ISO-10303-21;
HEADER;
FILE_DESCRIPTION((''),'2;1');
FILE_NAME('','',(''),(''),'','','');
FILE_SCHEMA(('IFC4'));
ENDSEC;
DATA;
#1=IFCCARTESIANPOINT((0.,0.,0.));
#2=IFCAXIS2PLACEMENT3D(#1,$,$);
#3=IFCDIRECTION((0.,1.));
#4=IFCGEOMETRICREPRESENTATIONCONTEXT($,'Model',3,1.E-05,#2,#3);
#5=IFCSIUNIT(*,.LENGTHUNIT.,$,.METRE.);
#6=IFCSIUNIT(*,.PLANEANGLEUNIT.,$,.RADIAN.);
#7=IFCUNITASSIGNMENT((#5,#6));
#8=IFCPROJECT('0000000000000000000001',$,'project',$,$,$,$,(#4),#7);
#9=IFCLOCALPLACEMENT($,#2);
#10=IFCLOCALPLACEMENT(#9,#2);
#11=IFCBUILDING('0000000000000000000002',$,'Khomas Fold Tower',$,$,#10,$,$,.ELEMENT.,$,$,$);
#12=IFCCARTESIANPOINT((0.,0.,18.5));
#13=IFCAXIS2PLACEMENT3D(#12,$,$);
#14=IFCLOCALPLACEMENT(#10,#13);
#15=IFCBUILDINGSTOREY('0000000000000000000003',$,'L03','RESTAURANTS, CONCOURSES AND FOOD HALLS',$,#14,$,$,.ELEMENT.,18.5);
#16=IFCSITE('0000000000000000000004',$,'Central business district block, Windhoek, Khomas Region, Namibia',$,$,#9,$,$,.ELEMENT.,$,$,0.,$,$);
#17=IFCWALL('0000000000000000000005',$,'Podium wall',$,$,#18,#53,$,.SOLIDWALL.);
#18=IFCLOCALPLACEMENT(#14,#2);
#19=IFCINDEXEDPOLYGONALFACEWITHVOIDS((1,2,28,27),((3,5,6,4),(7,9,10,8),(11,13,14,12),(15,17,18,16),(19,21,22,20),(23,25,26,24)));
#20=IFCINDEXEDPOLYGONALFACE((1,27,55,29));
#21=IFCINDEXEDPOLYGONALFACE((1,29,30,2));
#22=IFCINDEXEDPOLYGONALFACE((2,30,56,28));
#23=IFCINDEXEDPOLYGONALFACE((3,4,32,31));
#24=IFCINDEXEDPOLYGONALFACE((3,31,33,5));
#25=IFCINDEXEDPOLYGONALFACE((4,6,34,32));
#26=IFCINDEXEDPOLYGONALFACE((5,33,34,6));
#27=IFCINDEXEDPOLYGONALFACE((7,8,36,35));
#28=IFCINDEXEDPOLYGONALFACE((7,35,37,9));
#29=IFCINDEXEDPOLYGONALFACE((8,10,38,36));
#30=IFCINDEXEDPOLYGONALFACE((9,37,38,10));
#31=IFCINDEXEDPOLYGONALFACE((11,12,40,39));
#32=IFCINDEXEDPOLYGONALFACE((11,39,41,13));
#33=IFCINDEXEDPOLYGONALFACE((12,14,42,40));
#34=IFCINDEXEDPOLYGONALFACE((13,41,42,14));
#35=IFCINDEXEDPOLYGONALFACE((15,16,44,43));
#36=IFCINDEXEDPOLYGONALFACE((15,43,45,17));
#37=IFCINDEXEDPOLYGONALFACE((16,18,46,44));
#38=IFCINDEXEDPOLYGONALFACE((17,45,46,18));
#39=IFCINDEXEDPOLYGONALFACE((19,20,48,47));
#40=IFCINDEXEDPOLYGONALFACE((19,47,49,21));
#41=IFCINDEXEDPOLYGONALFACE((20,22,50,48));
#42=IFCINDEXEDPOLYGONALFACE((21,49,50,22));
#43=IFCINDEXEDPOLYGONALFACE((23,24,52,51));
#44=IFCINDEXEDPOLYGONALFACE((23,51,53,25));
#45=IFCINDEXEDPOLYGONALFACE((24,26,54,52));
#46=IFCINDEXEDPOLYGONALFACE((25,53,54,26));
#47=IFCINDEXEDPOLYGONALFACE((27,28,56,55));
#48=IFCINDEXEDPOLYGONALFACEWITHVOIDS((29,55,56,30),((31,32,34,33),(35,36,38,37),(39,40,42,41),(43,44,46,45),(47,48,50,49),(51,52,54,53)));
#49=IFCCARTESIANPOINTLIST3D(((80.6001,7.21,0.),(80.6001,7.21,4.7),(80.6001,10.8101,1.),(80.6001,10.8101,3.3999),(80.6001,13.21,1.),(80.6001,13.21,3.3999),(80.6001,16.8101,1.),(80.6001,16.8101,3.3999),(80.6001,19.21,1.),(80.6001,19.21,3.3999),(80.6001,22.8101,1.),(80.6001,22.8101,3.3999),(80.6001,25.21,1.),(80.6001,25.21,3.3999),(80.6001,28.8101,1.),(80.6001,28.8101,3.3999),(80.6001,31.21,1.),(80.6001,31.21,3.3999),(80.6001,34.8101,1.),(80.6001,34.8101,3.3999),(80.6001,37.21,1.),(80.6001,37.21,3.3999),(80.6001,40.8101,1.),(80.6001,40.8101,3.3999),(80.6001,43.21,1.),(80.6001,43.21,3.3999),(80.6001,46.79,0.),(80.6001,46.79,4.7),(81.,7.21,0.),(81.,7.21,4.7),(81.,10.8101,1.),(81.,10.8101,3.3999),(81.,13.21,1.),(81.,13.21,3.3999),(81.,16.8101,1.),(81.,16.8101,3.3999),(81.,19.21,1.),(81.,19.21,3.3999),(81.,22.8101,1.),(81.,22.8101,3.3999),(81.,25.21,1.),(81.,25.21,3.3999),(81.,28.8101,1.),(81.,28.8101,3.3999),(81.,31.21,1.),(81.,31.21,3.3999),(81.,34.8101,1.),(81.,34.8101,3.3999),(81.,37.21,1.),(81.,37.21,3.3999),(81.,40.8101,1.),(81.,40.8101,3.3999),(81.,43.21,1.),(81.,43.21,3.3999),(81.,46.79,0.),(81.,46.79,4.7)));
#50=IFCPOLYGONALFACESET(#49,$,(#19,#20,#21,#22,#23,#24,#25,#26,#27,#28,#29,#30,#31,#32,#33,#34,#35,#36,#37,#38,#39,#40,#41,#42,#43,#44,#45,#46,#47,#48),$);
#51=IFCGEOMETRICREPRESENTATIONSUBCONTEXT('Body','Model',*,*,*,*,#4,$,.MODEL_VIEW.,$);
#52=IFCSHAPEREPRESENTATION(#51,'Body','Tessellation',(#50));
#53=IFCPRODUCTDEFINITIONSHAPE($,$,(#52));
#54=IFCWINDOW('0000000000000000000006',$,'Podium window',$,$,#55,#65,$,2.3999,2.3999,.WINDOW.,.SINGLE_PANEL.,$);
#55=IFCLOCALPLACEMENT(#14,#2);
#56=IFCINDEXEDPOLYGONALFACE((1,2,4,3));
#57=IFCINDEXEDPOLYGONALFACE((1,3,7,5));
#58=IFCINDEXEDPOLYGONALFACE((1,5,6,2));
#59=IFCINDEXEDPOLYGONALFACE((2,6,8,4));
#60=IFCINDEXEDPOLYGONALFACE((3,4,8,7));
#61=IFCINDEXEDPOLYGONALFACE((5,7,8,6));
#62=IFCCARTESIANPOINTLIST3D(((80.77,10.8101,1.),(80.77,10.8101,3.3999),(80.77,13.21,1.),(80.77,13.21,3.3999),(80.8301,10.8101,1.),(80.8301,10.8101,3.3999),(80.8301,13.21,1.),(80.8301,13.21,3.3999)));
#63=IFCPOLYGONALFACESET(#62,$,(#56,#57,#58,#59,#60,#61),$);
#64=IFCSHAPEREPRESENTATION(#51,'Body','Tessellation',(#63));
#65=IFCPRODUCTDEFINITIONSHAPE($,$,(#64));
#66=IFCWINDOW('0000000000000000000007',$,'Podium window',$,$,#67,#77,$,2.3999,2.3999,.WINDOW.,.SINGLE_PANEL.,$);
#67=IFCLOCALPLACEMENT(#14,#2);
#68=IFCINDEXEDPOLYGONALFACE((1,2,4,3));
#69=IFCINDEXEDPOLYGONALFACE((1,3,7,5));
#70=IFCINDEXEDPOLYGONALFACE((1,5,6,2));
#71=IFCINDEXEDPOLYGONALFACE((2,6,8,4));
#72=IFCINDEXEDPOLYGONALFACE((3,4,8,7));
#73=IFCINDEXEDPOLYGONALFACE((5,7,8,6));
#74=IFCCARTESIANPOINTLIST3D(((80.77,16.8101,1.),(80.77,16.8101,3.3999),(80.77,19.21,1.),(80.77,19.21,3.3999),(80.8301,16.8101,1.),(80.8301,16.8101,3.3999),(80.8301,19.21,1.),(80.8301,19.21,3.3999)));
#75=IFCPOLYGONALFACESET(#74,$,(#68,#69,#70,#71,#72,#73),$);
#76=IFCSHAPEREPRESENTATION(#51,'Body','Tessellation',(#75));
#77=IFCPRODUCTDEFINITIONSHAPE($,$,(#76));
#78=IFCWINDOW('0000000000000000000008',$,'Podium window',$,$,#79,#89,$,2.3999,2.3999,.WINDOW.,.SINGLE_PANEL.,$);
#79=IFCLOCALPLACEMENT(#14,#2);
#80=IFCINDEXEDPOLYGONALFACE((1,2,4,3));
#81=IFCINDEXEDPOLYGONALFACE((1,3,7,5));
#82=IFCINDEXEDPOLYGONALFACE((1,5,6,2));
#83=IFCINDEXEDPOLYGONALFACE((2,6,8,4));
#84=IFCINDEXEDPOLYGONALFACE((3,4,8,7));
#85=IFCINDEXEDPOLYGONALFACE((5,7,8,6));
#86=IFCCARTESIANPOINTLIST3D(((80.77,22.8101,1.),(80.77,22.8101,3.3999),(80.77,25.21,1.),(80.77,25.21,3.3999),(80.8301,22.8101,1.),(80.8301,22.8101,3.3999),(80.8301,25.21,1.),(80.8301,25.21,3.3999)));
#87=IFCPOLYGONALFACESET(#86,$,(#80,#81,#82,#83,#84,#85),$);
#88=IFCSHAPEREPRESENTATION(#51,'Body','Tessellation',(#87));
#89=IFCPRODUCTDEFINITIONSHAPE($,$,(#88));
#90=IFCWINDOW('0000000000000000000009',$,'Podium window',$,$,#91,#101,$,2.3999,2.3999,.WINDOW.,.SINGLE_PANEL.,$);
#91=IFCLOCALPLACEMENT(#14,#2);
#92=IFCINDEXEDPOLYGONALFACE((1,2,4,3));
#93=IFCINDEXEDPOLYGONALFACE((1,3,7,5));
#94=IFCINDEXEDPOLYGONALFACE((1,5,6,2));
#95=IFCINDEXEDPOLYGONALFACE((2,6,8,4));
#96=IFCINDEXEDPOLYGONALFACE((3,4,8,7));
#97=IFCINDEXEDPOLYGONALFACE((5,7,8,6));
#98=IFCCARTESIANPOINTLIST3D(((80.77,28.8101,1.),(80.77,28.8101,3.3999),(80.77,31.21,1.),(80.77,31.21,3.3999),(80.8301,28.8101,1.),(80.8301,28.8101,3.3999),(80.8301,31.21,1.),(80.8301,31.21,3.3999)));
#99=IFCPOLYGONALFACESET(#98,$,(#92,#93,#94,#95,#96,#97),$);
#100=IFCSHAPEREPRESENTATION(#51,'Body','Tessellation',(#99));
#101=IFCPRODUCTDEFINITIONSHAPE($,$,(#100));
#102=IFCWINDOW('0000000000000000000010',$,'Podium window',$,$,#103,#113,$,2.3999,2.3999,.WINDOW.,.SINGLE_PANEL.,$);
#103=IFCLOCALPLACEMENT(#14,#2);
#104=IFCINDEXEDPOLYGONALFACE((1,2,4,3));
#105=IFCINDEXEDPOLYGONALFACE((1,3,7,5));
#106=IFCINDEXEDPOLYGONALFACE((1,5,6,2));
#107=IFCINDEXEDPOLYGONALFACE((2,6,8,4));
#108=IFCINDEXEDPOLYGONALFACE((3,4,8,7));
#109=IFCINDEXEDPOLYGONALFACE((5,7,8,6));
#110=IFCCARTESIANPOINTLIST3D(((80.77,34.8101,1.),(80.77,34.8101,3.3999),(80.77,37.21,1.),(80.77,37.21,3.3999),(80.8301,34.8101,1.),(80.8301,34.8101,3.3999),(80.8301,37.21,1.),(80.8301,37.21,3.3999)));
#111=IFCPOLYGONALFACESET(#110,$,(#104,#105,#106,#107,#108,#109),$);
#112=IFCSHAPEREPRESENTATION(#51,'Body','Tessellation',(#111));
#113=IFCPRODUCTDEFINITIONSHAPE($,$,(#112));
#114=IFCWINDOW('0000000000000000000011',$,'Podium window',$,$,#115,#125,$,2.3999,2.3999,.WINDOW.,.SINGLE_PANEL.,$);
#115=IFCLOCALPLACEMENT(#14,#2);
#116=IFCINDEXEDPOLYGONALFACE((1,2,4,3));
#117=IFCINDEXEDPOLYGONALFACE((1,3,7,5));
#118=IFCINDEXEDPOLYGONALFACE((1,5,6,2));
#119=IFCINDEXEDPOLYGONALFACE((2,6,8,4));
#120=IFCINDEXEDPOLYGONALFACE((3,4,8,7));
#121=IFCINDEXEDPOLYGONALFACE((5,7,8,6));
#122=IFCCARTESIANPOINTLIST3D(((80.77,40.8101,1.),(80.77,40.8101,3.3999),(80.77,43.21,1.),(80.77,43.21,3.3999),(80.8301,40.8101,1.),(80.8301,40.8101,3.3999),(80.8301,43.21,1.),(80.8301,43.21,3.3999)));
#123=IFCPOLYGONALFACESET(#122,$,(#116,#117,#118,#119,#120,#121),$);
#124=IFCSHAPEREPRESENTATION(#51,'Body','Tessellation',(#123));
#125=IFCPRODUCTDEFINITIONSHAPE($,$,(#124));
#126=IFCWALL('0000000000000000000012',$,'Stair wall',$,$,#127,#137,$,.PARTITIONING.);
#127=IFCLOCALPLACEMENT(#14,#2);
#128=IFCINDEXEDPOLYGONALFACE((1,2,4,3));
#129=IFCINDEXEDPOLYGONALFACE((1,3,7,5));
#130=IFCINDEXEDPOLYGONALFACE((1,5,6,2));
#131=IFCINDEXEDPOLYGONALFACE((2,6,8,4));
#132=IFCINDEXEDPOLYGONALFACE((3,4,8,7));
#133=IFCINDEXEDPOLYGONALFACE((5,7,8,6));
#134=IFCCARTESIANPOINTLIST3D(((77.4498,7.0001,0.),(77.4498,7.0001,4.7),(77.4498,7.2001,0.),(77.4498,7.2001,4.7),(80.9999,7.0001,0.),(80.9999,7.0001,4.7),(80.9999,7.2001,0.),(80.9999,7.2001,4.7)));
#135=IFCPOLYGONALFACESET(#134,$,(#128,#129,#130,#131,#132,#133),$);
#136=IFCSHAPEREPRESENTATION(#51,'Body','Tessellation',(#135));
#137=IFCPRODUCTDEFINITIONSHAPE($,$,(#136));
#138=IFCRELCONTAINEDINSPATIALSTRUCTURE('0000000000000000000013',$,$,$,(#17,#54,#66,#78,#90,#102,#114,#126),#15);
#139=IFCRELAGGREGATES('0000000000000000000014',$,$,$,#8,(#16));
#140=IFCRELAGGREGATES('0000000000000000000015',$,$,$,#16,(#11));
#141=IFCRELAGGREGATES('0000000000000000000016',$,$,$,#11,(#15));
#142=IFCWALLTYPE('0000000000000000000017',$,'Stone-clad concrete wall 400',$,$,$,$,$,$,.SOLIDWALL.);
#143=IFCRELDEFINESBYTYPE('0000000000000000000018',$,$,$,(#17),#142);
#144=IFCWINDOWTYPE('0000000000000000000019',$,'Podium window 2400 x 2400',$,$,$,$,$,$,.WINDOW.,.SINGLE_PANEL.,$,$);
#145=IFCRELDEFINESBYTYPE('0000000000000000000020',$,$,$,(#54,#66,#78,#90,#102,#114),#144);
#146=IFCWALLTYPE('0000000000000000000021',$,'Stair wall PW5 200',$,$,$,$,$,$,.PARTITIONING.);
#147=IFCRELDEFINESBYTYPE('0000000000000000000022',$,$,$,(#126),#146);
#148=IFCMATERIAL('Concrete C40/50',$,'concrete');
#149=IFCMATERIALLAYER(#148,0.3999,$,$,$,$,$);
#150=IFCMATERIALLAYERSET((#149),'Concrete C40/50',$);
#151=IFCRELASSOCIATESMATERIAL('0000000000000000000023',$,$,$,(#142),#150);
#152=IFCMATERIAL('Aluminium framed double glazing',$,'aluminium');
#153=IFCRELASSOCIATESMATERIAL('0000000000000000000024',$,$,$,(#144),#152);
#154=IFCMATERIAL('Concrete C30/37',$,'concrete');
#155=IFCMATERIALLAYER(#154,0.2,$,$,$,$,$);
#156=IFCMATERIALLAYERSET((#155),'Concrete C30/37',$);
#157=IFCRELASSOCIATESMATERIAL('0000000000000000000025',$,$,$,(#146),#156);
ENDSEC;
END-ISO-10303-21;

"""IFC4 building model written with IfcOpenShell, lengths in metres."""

from ifc_helpers import new_model, si_unit, direction, frame, frame_2d, origin, place, context, subcontext, project, spatial, rectangle, extrude, source, transform, mapped, material, layer, layer_set, type_object, element, fill, save


model = new_model("IFC4")

# Units and contexts
model_context = context("Model", 3, precision=1e-05, world=origin(), true_north=direction((0.0, 1.0)))
body_context = subcontext(model_context, "Body", "Model", "MODEL_VIEW")
ifc_project = project(units=[si_unit("LENGTHUNIT", "METRE"), si_unit("PLANEANGLEUNIT", "RADIAN")], contexts=[model_context])

# Site, building, storey
site_placement = place(None, origin())
site = spatial("IfcSite", under=ifc_project, at=site_placement, Name="Central business district block, Windhoek, Khomas Region, Namibia", CompositionType="ELEMENT", RefElevation=0.0)
building_placement = place(site_placement, origin())
building = spatial("IfcBuilding", under=site, at=building_placement, Name="Khomas Fold Tower", CompositionType="ELEMENT")
storey_placement = place(building_placement, frame((0.0, 0.0, 18.5)))
storey = spatial("IfcBuildingStorey", under=building, at=storey_placement, Name="L03", Description="RESTAURANTS, CONCOURSES AND FOOD HALLS", CompositionType="ELEMENT", Elevation=18.5)

# Wall, openings, windows
ifc_material_1 = material(Name="Concrete C40/50", Category="concrete")
ifc_layer_1 = layer(ifc_material_1, 0.3999)
ifc_layer_set_1 = layer_set([ifc_layer_1], Name="Concrete C40/50")
wall_type_1 = type_object("IfcWallType", Name="Stone-clad concrete wall 400", PredefinedType="SOLIDWALL", material=ifc_layer_set_1)
shared_shape_1 = source(origin(), body_context, "Body", "SweptSolid", [
    extrude(rectangle(XDim=39.5801, YDim=0.3999, at=frame_2d((19.79, 0.0))), origin(), (0.0, 0.0, 1.0), 4.7),
])
wall_1_placement = place(storey_placement, frame((80.8, 7.21, 0.0), z_axis=(0.0, 0.0, 1.0), x_axis=(0.0, 1.0, 0.0)))
wall_1 = element("IfcWall", 1, at=wall_1_placement, inside=storey, type_object=wall_type_1, Name="Podium wall", PredefinedType="SOLIDWALL", context=body_context, shape_type="MappedRepresentation", body=[
    mapped(shared_shape_1, transform((0.0, 0.0, 0.0))),
])
shared_shape_2 = source(origin(), body_context, "Body", "SweptSolid", [
    extrude(rectangle(XDim=2.3999, YDim=2.3999, at=frame_2d((1.2, 1.2))), frame((0.0, 0.21, 0.0), z_axis=(0.0, -1.0, 0.0), x_axis=(1.0, 0.0, 0.0)), (0.0, 0.0, 1.0), 0.4199),
])
opening_1_placement = place(wall_1_placement, frame((3.6001, 0.0, 1.0)))
opening_1 = element("IfcOpeningElement", 2, at=opening_1_placement, cuts=wall_1, PredefinedType="OPENING", context=body_context, shape_type="MappedRepresentation", body=[
    mapped(shared_shape_2, transform((0.0, 0.0, 0.0))),
])
opening_2_placement = place(wall_1_placement, frame((9.6001, 0.0, 1.0)))
opening_2 = element("IfcOpeningElement", 3, at=opening_2_placement, cuts=wall_1, PredefinedType="OPENING", context=body_context, shape_type="MappedRepresentation", body=[
    mapped(shared_shape_2, transform((0.0, 0.0, 0.0))),
])
opening_3_placement = place(wall_1_placement, frame((15.6001, 0.0, 1.0)))
opening_3 = element("IfcOpeningElement", 4, at=opening_3_placement, cuts=wall_1, PredefinedType="OPENING", context=body_context, shape_type="MappedRepresentation", body=[
    mapped(shared_shape_2, transform((0.0, 0.0, 0.0))),
])
opening_4_placement = place(wall_1_placement, frame((21.6001, 0.0, 1.0)))
opening_4 = element("IfcOpeningElement", 5, at=opening_4_placement, cuts=wall_1, PredefinedType="OPENING", context=body_context, shape_type="MappedRepresentation", body=[
    mapped(shared_shape_2, transform((0.0, 0.0, 0.0))),
])
opening_5_placement = place(wall_1_placement, frame((27.6001, 0.0, 1.0)))
opening_5 = element("IfcOpeningElement", 6, at=opening_5_placement, cuts=wall_1, PredefinedType="OPENING", context=body_context, shape_type="MappedRepresentation", body=[
    mapped(shared_shape_2, transform((0.0, 0.0, 0.0))),
])
opening_6_placement = place(wall_1_placement, frame((33.6001, 0.0, 1.0)))
opening_6 = element("IfcOpeningElement", 7, at=opening_6_placement, cuts=wall_1, PredefinedType="OPENING", context=body_context, shape_type="MappedRepresentation", body=[
    mapped(shared_shape_2, transform((0.0, 0.0, 0.0))),
])
ifc_material_2 = material(Name="Aluminium framed double glazing", Category="aluminium")
window_type = type_object("IfcWindowType", Name="Podium window 2400 x 2400", PartitioningType="SINGLE_PANEL", PredefinedType="WINDOW", material=ifc_material_2)
shared_shape_3 = source(origin(), body_context, "Body", "SweptSolid", [
    extrude(rectangle(XDim=2.3999, YDim=2.3999, at=frame_2d((1.2, 1.2))), frame((0.0, 0.03, 0.0), z_axis=(0.0, -1.0, 0.0), x_axis=(1.0, 0.0, 0.0)), (0.0, 0.0, 1.0), 0.0601),
])
window_1_placement = place(opening_1_placement, origin())
window_1 = element("IfcWindow", 8, at=window_1_placement, inside=storey, type_object=window_type, Name="Podium window", OverallHeight=2.3999, OverallWidth=2.3999, PartitioningType="SINGLE_PANEL", PredefinedType="WINDOW", context=body_context, shape_type="MappedRepresentation", body=[
    mapped(shared_shape_3, transform((0.0, 0.0, 0.0))),
])
fill(opening_1, window_1)
window_2_placement = place(opening_2_placement, origin())
window_2 = element("IfcWindow", 9, at=window_2_placement, inside=storey, type_object=window_type, Name="Podium window", OverallHeight=2.3999, OverallWidth=2.3999, PartitioningType="SINGLE_PANEL", PredefinedType="WINDOW", context=body_context, shape_type="MappedRepresentation", body=[
    mapped(shared_shape_3, transform((0.0, 0.0, 0.0))),
])
fill(opening_2, window_2)
window_3_placement = place(opening_3_placement, origin())
window_3 = element("IfcWindow", 10, at=window_3_placement, inside=storey, type_object=window_type, Name="Podium window", OverallHeight=2.3999, OverallWidth=2.3999, PartitioningType="SINGLE_PANEL", PredefinedType="WINDOW", context=body_context, shape_type="MappedRepresentation", body=[
    mapped(shared_shape_3, transform((0.0, 0.0, 0.0))),
])
fill(opening_3, window_3)
window_4_placement = place(opening_4_placement, origin())
window_4 = element("IfcWindow", 11, at=window_4_placement, inside=storey, type_object=window_type, Name="Podium window", OverallHeight=2.3999, OverallWidth=2.3999, PartitioningType="SINGLE_PANEL", PredefinedType="WINDOW", context=body_context, shape_type="MappedRepresentation", body=[
    mapped(shared_shape_3, transform((0.0, 0.0, 0.0))),
])
fill(opening_4, window_4)
window_5_placement = place(opening_5_placement, origin())
window_5 = element("IfcWindow", 12, at=window_5_placement, inside=storey, type_object=window_type, Name="Podium window", OverallHeight=2.3999, OverallWidth=2.3999, PartitioningType="SINGLE_PANEL", PredefinedType="WINDOW", context=body_context, shape_type="MappedRepresentation", body=[
    mapped(shared_shape_3, transform((0.0, 0.0, 0.0))),
])
fill(opening_5, window_5)
window_6_placement = place(opening_6_placement, origin())
window_6 = element("IfcWindow", 13, at=window_6_placement, inside=storey, type_object=window_type, Name="Podium window", OverallHeight=2.3999, OverallWidth=2.3999, PartitioningType="SINGLE_PANEL", PredefinedType="WINDOW", context=body_context, shape_type="MappedRepresentation", body=[
    mapped(shared_shape_3, transform((0.0, 0.0, 0.0))),
])
fill(opening_6, window_6)

# Wall
ifc_material_3 = material(Name="Concrete C30/37", Category="concrete")
ifc_layer_2 = layer(ifc_material_3, 0.2)
ifc_layer_set_2 = layer_set([ifc_layer_2], Name="Concrete C30/37")
wall_type_2 = type_object("IfcWallType", Name="Stair wall PW5 200", PredefinedType="PARTITIONING", material=ifc_layer_set_2)
shared_shape_4 = source(origin(), body_context, "Body", "SweptSolid", [
    extrude(rectangle(XDim=3.55, YDim=0.2, at=frame_2d((1.7749, 0.0))), origin(), (0.0, 0.0, 1.0), 4.7),
])
wall_2_placement = place(storey_placement, frame((77.45, 7.1001, 0.0), z_axis=(0.0, 0.0, 1.0), x_axis=(1.0, 0.0, 0.0)))
element("IfcWall", 14, at=wall_2_placement, inside=storey, type_object=wall_type_2, Name="Stair wall", PredefinedType="PARTITIONING", context=body_context, shape_type="MappedRepresentation", body=[
    mapped(shared_shape_4, transform((0.0, 0.0, 0.0))),
])

save(model, "model.ifc")
